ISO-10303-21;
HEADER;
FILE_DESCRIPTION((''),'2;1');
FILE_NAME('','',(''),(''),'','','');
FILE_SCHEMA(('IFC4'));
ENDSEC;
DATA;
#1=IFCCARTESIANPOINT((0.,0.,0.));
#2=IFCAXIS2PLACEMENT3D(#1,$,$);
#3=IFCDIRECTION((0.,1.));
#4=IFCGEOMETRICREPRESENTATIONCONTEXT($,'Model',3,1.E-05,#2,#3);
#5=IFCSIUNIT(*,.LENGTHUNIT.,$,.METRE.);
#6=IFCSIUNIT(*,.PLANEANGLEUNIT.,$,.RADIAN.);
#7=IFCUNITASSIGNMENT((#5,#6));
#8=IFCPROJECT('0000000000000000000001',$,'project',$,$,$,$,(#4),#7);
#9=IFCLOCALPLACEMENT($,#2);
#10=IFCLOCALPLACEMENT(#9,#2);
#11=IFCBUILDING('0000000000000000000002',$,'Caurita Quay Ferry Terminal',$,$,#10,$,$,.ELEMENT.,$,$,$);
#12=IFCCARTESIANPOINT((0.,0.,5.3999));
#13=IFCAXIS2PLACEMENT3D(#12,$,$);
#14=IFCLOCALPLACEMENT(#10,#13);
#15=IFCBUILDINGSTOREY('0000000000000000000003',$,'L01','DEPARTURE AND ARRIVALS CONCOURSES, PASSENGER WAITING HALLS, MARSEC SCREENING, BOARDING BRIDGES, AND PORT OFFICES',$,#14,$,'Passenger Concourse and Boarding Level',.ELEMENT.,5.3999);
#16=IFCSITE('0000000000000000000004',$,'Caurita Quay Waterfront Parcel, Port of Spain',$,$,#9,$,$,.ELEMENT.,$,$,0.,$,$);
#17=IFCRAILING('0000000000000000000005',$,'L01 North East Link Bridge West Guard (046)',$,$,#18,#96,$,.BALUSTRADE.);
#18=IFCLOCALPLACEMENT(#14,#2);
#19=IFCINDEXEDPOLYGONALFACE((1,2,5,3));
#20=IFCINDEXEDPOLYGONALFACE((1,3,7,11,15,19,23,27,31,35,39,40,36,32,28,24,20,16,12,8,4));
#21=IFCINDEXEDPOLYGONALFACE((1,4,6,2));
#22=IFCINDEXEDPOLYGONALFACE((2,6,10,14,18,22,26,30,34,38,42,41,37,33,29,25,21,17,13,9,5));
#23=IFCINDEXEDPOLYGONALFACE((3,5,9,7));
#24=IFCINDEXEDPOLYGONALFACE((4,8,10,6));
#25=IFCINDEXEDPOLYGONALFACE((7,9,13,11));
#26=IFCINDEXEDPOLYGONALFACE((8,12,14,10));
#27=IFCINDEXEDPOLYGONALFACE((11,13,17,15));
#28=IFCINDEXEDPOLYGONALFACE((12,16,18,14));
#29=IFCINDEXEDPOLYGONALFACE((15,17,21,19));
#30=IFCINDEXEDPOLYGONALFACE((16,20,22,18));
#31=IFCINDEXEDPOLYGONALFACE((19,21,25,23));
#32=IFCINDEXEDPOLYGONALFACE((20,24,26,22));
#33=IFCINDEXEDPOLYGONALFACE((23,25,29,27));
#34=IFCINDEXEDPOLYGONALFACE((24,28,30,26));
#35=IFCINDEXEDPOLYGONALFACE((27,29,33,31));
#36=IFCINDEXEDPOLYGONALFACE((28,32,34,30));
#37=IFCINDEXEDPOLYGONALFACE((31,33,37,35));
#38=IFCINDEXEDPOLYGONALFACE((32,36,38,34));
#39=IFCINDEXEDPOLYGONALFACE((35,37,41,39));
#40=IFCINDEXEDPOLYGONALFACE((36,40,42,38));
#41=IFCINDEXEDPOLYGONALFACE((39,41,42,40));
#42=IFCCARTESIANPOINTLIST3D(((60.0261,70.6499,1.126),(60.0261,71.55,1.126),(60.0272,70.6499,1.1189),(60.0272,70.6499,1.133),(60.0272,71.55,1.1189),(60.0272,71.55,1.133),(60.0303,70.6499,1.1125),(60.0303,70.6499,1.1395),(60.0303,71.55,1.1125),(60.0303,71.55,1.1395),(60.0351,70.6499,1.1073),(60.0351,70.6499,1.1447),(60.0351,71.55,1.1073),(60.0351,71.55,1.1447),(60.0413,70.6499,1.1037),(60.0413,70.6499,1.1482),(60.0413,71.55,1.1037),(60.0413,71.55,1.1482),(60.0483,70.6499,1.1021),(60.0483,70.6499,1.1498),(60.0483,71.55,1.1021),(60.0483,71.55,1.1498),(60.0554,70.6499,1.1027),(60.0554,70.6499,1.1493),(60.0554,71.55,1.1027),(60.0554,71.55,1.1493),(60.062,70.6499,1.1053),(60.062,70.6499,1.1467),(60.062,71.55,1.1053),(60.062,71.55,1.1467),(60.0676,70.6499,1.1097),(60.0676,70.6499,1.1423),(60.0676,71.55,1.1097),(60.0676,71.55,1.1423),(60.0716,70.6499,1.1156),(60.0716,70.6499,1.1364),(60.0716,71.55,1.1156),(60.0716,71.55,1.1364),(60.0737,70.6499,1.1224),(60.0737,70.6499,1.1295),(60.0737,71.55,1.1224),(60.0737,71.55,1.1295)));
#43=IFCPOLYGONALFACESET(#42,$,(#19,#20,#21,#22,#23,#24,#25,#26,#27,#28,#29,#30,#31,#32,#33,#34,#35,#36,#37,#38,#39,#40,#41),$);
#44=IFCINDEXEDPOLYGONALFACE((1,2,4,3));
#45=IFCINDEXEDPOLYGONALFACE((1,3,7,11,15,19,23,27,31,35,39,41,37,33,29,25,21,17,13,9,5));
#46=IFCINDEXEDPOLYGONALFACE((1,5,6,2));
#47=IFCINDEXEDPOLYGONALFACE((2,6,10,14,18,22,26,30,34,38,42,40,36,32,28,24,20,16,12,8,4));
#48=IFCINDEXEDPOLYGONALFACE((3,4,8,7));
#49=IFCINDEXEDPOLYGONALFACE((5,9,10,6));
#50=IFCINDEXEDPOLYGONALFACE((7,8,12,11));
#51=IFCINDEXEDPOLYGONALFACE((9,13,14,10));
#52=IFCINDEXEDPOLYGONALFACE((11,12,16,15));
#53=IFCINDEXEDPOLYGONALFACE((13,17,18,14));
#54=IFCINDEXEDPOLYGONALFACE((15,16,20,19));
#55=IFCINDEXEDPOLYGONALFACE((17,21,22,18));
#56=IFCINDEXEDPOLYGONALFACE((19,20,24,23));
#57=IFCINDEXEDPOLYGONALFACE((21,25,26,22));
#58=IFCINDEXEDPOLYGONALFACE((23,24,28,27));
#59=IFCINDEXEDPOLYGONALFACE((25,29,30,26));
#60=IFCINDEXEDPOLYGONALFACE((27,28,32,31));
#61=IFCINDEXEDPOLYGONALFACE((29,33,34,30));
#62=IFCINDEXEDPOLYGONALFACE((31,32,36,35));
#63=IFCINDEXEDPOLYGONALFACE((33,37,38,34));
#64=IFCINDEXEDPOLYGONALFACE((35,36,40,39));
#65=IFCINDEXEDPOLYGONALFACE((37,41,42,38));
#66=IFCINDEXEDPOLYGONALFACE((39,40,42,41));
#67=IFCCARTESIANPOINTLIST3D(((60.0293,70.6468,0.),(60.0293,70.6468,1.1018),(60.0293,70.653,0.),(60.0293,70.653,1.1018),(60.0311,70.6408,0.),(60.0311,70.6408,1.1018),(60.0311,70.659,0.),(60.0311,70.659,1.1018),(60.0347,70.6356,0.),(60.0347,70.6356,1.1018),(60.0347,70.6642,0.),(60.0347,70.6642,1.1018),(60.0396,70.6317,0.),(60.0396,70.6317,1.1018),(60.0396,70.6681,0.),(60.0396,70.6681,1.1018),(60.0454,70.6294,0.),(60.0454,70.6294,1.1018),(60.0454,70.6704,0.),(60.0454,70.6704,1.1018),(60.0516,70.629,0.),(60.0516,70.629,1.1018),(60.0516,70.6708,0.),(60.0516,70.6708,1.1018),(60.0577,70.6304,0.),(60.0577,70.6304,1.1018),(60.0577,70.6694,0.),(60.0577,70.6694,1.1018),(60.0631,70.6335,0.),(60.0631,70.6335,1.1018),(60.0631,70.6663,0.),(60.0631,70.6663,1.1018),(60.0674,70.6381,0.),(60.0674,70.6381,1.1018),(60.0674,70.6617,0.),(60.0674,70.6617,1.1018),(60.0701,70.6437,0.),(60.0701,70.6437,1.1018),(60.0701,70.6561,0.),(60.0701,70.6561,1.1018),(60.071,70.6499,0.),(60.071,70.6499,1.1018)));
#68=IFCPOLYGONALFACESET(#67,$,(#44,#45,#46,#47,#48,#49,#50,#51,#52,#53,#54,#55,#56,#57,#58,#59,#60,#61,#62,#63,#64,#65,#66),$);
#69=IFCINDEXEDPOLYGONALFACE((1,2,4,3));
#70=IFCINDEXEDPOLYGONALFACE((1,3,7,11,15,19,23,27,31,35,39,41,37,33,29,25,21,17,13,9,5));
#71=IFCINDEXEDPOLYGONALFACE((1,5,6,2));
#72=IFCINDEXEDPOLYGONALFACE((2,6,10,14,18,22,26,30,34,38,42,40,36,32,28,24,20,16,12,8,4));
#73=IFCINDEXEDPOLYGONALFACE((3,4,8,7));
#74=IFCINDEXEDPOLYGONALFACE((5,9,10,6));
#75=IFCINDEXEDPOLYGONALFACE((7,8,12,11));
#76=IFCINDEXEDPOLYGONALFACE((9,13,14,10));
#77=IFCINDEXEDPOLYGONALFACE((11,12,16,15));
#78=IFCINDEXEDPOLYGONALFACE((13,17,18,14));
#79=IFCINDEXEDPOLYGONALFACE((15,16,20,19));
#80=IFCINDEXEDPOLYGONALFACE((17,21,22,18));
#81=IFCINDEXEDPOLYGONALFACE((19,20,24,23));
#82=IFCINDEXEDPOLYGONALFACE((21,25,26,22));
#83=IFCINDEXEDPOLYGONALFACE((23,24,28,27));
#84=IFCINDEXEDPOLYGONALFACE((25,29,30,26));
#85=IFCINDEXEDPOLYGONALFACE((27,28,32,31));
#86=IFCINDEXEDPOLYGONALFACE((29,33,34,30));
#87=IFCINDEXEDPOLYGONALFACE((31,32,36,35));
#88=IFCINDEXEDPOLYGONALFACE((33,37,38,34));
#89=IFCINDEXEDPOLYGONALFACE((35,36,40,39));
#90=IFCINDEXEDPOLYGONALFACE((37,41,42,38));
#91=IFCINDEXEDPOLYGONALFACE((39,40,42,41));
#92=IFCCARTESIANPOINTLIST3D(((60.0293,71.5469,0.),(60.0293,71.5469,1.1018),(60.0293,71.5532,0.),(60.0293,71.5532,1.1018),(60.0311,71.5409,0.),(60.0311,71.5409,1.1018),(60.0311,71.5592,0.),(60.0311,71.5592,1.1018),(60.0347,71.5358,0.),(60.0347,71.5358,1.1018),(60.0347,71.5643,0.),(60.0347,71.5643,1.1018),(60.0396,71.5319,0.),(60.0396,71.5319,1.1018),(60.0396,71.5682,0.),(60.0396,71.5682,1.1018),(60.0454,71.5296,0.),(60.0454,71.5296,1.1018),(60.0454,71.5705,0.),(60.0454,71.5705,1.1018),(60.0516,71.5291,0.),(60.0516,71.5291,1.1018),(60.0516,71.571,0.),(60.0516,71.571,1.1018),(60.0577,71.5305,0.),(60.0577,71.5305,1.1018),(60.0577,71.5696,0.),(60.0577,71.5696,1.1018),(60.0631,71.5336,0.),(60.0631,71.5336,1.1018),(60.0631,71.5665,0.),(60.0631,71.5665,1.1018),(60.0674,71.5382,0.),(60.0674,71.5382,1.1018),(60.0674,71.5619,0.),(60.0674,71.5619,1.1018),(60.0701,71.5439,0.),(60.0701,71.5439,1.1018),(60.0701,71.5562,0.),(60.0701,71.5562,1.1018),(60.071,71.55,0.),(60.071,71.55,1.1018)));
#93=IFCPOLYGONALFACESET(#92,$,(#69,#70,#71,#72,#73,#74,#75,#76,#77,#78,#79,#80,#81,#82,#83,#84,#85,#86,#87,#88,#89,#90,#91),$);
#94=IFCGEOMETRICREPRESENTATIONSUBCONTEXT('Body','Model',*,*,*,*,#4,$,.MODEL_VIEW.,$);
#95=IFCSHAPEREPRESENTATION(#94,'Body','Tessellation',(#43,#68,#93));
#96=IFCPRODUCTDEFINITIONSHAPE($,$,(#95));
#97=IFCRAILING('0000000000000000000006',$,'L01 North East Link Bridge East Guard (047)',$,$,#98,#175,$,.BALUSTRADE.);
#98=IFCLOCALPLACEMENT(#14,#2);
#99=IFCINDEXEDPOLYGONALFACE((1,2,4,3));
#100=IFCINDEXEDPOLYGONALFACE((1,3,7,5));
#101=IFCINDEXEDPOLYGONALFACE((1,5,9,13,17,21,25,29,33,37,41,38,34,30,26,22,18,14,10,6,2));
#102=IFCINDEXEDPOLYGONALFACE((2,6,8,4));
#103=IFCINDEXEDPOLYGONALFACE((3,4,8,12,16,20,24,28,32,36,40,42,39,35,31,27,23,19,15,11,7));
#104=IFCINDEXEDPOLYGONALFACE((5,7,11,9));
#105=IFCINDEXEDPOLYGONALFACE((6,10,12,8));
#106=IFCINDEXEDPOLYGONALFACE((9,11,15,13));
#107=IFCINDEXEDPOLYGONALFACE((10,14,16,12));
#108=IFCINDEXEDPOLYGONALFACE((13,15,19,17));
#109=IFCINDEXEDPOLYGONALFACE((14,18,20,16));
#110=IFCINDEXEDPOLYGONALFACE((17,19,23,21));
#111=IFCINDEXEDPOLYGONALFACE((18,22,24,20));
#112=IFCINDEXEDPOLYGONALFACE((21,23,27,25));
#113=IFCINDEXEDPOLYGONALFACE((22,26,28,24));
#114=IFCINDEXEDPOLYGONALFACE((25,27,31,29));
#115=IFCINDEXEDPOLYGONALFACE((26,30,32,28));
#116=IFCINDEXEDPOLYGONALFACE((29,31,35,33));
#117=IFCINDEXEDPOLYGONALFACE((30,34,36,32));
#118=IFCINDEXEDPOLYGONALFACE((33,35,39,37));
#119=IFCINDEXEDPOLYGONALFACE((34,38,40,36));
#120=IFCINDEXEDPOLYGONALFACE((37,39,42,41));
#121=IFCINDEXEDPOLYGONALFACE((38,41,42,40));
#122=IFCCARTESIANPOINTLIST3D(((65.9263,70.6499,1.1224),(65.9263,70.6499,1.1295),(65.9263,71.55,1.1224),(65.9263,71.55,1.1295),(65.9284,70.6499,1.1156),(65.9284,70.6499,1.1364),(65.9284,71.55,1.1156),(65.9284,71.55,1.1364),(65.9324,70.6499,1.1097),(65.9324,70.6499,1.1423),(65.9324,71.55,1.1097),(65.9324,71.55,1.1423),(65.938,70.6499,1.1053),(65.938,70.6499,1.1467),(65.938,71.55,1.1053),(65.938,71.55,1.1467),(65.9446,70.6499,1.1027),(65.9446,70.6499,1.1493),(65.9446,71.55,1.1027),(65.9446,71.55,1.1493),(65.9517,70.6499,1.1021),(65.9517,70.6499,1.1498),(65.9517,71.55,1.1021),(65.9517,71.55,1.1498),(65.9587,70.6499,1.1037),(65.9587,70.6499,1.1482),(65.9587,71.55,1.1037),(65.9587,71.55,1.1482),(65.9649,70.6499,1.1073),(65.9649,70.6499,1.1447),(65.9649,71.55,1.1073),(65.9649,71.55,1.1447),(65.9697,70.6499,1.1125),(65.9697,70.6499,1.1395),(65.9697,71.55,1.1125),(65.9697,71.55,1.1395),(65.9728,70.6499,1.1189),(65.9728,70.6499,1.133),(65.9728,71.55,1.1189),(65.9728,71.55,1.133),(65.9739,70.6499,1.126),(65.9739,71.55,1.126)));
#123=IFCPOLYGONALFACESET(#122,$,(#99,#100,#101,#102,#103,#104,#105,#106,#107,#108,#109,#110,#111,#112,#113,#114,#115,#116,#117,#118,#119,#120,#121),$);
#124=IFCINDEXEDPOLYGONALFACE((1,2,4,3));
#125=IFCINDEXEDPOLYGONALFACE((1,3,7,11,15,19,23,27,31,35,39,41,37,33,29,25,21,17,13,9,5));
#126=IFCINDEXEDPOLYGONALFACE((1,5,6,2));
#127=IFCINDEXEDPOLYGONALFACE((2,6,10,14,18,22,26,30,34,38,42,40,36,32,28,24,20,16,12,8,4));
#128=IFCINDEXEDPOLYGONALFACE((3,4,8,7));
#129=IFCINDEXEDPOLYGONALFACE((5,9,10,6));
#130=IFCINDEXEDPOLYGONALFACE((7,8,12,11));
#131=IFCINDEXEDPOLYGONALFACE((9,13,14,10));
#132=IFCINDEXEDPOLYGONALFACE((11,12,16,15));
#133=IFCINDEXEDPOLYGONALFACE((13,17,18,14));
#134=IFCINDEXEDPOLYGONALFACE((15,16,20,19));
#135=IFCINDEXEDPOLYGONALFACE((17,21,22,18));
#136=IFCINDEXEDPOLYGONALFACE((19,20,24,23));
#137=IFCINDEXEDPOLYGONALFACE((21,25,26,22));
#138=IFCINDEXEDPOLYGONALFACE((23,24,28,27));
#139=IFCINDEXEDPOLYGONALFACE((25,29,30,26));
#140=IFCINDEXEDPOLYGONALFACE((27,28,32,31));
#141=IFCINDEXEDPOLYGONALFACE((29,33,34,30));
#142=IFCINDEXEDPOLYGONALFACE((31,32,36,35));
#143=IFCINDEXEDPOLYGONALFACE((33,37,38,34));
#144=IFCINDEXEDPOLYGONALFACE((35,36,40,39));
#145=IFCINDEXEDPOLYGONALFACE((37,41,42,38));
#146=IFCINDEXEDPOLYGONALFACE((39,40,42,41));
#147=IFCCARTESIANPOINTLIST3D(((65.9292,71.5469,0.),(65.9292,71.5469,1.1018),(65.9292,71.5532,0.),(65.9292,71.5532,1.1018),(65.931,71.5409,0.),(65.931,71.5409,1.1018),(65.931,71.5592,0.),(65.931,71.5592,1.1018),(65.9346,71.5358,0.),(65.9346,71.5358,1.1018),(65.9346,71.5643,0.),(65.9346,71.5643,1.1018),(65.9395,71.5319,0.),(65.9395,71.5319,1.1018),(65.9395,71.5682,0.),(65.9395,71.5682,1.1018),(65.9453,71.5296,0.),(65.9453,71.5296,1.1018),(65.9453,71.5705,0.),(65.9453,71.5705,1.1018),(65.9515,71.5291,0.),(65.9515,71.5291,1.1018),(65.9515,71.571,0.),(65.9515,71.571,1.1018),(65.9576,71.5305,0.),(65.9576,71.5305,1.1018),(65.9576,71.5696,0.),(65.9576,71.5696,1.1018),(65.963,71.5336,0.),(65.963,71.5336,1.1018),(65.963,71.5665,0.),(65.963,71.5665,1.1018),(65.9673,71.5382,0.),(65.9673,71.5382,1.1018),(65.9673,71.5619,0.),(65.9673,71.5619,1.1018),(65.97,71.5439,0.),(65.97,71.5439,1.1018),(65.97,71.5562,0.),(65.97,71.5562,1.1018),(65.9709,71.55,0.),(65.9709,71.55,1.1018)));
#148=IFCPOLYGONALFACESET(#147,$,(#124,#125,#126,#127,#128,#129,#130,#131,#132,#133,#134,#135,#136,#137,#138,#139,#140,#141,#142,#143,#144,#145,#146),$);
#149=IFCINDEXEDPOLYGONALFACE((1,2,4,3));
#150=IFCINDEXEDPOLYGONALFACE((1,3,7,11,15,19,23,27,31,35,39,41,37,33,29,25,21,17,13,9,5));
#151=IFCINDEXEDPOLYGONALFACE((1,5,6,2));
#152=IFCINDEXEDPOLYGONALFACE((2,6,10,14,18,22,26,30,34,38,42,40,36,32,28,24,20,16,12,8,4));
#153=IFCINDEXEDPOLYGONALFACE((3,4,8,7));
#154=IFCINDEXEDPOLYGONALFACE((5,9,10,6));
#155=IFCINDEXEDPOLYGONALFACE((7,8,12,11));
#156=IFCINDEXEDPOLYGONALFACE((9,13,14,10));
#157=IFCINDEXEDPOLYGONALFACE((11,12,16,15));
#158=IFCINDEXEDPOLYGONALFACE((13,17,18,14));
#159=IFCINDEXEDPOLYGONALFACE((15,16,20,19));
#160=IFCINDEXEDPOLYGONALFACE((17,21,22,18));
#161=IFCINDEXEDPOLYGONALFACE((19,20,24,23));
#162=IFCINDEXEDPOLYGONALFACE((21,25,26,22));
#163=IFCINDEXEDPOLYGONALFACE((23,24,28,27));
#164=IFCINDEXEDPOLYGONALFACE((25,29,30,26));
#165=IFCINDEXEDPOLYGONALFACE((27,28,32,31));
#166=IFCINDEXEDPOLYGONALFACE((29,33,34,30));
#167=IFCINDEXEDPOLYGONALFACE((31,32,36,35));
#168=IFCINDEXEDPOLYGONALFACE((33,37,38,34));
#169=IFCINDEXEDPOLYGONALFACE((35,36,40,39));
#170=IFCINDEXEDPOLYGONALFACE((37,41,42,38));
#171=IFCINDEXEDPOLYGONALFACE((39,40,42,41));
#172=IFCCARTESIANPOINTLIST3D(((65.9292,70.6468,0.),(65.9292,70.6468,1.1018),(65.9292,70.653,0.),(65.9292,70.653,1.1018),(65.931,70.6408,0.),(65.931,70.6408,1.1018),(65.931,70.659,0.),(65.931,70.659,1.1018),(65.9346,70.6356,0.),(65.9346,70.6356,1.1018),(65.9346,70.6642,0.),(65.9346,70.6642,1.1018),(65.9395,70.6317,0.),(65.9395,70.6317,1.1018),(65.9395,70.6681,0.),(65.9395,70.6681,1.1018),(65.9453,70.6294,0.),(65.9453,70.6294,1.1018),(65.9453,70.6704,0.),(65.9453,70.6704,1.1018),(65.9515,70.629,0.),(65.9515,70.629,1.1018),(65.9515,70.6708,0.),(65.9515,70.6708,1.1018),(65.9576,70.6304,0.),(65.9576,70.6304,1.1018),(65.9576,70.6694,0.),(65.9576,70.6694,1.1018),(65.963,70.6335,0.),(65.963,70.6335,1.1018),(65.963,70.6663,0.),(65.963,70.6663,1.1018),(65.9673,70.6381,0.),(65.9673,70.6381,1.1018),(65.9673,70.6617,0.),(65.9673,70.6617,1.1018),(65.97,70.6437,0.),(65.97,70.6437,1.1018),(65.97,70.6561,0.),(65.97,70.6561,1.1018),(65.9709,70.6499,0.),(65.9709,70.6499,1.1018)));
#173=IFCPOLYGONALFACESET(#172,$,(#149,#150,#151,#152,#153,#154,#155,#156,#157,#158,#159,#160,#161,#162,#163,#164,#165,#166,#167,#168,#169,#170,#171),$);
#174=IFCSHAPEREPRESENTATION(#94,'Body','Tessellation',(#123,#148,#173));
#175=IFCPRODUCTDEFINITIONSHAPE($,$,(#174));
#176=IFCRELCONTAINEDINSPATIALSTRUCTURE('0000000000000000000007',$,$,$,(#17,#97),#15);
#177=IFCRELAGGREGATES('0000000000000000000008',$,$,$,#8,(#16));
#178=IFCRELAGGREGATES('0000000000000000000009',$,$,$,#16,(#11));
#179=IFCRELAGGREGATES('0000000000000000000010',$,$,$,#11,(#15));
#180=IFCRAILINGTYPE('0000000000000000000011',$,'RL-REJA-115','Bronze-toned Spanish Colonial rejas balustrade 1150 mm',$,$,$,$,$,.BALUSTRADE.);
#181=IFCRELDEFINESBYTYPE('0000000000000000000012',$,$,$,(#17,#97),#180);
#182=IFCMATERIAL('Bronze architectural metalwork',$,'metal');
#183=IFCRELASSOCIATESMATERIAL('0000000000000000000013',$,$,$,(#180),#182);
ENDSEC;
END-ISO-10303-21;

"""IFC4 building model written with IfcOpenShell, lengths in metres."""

from ifc_helpers import new_model, si_unit, direction, frame, origin, origin_2d, place, context, subcontext, project, spatial, circle, extrude, material, type_object, element, save


model = new_model("IFC4")

# Units and contexts
model_context = context("Model", 3, precision=1e-05, world=origin(), true_north=direction((0.0, 1.0)))
body_context = subcontext(model_context, "Body", "Model", "MODEL_VIEW")
ifc_project = project(units=[si_unit("LENGTHUNIT", "METRE"), si_unit("PLANEANGLEUNIT", "RADIAN")], contexts=[model_context])

# Site, building, storey
site_placement = place(None, origin())
site = spatial("IfcSite", under=ifc_project, at=site_placement, Name="Caurita Quay Waterfront Parcel, Port of Spain", CompositionType="ELEMENT", RefElevation=0.0)
building_placement = place(site_placement, origin())
building = spatial("IfcBuilding", under=site, at=building_placement, Name="Caurita Quay Ferry Terminal", CompositionType="ELEMENT")
storey_placement = place(building_placement, frame((0.0, 0.0, 5.3999)))
storey = spatial("IfcBuildingStorey", under=building, at=storey_placement, Name="L01", Description="DEPARTURE AND ARRIVALS CONCOURSES, PASSENGER WAITING HALLS, MARSEC SCREENING, BOARDING BRIDGES, AND PORT OFFICES", LongName="Passenger Concourse and Boarding Level", CompositionType="ELEMENT", Elevation=5.3999)

# Railings
ifc_material_1 = material(Name="Bronze architectural metalwork", Category="metal")
railing_type = type_object("IfcRailingType", Name="RL-REJA-115", Description="Bronze-toned Spanish Colonial rejas balustrade 1150 mm", PredefinedType="BALUSTRADE", material=ifc_material_1)
railing_1_placement = place(storey_placement, frame((60.05, 70.6499, 0.0)))
element("IfcRailing", 1, at=railing_1_placement, inside=storey, type_object=railing_type, Name="L01 North East Link Bridge West Guard (046)", PredefinedType="BALUSTRADE", context=body_context, shape_type="SweptSolid", body=[
    extrude(circle(Radius=0.0239, at=origin_2d()), frame((0.0, 0.0, 1.126), z_axis=(0.0, 1.0, 0.0), x_axis=(-1.0, 0.0, 0.0)), (0.0, 0.0, 1.0), 0.9001),
    extrude(circle(Radius=0.021, at=origin_2d()), origin(), (0.0, 0.0, 1.0), 1.1018),
    extrude(circle(Radius=0.021, at=origin_2d()), frame((0.0, 0.9001, 0.0)), (0.0, 0.0, 1.0), 1.1018),
])
railing_2_placement = place(storey_placement, frame((65.95, 71.55, 0.0)))
element("IfcRailing", 2, at=railing_2_placement, inside=storey, type_object=railing_type, Name="L01 North East Link Bridge East Guard (047)", PredefinedType="BALUSTRADE", context=body_context, shape_type="SweptSolid", body=[
    extrude(circle(Radius=0.0239, at=origin_2d()), frame((0.0, 0.0, 1.126), z_axis=(0.0, -1.0, 0.0), x_axis=(1.0, 0.0, 0.0)), (0.0, 0.0, 1.0), 0.9001),
    extrude(circle(Radius=0.021, at=origin_2d()), origin(), (0.0, 0.0, 1.0), 1.1018),
    extrude(circle(Radius=0.021, at=origin_2d()), frame((0.0, -0.9001, 0.0)), (0.0, 0.0, 1.0), 1.1018),
])

save(model, "model.ifc")
